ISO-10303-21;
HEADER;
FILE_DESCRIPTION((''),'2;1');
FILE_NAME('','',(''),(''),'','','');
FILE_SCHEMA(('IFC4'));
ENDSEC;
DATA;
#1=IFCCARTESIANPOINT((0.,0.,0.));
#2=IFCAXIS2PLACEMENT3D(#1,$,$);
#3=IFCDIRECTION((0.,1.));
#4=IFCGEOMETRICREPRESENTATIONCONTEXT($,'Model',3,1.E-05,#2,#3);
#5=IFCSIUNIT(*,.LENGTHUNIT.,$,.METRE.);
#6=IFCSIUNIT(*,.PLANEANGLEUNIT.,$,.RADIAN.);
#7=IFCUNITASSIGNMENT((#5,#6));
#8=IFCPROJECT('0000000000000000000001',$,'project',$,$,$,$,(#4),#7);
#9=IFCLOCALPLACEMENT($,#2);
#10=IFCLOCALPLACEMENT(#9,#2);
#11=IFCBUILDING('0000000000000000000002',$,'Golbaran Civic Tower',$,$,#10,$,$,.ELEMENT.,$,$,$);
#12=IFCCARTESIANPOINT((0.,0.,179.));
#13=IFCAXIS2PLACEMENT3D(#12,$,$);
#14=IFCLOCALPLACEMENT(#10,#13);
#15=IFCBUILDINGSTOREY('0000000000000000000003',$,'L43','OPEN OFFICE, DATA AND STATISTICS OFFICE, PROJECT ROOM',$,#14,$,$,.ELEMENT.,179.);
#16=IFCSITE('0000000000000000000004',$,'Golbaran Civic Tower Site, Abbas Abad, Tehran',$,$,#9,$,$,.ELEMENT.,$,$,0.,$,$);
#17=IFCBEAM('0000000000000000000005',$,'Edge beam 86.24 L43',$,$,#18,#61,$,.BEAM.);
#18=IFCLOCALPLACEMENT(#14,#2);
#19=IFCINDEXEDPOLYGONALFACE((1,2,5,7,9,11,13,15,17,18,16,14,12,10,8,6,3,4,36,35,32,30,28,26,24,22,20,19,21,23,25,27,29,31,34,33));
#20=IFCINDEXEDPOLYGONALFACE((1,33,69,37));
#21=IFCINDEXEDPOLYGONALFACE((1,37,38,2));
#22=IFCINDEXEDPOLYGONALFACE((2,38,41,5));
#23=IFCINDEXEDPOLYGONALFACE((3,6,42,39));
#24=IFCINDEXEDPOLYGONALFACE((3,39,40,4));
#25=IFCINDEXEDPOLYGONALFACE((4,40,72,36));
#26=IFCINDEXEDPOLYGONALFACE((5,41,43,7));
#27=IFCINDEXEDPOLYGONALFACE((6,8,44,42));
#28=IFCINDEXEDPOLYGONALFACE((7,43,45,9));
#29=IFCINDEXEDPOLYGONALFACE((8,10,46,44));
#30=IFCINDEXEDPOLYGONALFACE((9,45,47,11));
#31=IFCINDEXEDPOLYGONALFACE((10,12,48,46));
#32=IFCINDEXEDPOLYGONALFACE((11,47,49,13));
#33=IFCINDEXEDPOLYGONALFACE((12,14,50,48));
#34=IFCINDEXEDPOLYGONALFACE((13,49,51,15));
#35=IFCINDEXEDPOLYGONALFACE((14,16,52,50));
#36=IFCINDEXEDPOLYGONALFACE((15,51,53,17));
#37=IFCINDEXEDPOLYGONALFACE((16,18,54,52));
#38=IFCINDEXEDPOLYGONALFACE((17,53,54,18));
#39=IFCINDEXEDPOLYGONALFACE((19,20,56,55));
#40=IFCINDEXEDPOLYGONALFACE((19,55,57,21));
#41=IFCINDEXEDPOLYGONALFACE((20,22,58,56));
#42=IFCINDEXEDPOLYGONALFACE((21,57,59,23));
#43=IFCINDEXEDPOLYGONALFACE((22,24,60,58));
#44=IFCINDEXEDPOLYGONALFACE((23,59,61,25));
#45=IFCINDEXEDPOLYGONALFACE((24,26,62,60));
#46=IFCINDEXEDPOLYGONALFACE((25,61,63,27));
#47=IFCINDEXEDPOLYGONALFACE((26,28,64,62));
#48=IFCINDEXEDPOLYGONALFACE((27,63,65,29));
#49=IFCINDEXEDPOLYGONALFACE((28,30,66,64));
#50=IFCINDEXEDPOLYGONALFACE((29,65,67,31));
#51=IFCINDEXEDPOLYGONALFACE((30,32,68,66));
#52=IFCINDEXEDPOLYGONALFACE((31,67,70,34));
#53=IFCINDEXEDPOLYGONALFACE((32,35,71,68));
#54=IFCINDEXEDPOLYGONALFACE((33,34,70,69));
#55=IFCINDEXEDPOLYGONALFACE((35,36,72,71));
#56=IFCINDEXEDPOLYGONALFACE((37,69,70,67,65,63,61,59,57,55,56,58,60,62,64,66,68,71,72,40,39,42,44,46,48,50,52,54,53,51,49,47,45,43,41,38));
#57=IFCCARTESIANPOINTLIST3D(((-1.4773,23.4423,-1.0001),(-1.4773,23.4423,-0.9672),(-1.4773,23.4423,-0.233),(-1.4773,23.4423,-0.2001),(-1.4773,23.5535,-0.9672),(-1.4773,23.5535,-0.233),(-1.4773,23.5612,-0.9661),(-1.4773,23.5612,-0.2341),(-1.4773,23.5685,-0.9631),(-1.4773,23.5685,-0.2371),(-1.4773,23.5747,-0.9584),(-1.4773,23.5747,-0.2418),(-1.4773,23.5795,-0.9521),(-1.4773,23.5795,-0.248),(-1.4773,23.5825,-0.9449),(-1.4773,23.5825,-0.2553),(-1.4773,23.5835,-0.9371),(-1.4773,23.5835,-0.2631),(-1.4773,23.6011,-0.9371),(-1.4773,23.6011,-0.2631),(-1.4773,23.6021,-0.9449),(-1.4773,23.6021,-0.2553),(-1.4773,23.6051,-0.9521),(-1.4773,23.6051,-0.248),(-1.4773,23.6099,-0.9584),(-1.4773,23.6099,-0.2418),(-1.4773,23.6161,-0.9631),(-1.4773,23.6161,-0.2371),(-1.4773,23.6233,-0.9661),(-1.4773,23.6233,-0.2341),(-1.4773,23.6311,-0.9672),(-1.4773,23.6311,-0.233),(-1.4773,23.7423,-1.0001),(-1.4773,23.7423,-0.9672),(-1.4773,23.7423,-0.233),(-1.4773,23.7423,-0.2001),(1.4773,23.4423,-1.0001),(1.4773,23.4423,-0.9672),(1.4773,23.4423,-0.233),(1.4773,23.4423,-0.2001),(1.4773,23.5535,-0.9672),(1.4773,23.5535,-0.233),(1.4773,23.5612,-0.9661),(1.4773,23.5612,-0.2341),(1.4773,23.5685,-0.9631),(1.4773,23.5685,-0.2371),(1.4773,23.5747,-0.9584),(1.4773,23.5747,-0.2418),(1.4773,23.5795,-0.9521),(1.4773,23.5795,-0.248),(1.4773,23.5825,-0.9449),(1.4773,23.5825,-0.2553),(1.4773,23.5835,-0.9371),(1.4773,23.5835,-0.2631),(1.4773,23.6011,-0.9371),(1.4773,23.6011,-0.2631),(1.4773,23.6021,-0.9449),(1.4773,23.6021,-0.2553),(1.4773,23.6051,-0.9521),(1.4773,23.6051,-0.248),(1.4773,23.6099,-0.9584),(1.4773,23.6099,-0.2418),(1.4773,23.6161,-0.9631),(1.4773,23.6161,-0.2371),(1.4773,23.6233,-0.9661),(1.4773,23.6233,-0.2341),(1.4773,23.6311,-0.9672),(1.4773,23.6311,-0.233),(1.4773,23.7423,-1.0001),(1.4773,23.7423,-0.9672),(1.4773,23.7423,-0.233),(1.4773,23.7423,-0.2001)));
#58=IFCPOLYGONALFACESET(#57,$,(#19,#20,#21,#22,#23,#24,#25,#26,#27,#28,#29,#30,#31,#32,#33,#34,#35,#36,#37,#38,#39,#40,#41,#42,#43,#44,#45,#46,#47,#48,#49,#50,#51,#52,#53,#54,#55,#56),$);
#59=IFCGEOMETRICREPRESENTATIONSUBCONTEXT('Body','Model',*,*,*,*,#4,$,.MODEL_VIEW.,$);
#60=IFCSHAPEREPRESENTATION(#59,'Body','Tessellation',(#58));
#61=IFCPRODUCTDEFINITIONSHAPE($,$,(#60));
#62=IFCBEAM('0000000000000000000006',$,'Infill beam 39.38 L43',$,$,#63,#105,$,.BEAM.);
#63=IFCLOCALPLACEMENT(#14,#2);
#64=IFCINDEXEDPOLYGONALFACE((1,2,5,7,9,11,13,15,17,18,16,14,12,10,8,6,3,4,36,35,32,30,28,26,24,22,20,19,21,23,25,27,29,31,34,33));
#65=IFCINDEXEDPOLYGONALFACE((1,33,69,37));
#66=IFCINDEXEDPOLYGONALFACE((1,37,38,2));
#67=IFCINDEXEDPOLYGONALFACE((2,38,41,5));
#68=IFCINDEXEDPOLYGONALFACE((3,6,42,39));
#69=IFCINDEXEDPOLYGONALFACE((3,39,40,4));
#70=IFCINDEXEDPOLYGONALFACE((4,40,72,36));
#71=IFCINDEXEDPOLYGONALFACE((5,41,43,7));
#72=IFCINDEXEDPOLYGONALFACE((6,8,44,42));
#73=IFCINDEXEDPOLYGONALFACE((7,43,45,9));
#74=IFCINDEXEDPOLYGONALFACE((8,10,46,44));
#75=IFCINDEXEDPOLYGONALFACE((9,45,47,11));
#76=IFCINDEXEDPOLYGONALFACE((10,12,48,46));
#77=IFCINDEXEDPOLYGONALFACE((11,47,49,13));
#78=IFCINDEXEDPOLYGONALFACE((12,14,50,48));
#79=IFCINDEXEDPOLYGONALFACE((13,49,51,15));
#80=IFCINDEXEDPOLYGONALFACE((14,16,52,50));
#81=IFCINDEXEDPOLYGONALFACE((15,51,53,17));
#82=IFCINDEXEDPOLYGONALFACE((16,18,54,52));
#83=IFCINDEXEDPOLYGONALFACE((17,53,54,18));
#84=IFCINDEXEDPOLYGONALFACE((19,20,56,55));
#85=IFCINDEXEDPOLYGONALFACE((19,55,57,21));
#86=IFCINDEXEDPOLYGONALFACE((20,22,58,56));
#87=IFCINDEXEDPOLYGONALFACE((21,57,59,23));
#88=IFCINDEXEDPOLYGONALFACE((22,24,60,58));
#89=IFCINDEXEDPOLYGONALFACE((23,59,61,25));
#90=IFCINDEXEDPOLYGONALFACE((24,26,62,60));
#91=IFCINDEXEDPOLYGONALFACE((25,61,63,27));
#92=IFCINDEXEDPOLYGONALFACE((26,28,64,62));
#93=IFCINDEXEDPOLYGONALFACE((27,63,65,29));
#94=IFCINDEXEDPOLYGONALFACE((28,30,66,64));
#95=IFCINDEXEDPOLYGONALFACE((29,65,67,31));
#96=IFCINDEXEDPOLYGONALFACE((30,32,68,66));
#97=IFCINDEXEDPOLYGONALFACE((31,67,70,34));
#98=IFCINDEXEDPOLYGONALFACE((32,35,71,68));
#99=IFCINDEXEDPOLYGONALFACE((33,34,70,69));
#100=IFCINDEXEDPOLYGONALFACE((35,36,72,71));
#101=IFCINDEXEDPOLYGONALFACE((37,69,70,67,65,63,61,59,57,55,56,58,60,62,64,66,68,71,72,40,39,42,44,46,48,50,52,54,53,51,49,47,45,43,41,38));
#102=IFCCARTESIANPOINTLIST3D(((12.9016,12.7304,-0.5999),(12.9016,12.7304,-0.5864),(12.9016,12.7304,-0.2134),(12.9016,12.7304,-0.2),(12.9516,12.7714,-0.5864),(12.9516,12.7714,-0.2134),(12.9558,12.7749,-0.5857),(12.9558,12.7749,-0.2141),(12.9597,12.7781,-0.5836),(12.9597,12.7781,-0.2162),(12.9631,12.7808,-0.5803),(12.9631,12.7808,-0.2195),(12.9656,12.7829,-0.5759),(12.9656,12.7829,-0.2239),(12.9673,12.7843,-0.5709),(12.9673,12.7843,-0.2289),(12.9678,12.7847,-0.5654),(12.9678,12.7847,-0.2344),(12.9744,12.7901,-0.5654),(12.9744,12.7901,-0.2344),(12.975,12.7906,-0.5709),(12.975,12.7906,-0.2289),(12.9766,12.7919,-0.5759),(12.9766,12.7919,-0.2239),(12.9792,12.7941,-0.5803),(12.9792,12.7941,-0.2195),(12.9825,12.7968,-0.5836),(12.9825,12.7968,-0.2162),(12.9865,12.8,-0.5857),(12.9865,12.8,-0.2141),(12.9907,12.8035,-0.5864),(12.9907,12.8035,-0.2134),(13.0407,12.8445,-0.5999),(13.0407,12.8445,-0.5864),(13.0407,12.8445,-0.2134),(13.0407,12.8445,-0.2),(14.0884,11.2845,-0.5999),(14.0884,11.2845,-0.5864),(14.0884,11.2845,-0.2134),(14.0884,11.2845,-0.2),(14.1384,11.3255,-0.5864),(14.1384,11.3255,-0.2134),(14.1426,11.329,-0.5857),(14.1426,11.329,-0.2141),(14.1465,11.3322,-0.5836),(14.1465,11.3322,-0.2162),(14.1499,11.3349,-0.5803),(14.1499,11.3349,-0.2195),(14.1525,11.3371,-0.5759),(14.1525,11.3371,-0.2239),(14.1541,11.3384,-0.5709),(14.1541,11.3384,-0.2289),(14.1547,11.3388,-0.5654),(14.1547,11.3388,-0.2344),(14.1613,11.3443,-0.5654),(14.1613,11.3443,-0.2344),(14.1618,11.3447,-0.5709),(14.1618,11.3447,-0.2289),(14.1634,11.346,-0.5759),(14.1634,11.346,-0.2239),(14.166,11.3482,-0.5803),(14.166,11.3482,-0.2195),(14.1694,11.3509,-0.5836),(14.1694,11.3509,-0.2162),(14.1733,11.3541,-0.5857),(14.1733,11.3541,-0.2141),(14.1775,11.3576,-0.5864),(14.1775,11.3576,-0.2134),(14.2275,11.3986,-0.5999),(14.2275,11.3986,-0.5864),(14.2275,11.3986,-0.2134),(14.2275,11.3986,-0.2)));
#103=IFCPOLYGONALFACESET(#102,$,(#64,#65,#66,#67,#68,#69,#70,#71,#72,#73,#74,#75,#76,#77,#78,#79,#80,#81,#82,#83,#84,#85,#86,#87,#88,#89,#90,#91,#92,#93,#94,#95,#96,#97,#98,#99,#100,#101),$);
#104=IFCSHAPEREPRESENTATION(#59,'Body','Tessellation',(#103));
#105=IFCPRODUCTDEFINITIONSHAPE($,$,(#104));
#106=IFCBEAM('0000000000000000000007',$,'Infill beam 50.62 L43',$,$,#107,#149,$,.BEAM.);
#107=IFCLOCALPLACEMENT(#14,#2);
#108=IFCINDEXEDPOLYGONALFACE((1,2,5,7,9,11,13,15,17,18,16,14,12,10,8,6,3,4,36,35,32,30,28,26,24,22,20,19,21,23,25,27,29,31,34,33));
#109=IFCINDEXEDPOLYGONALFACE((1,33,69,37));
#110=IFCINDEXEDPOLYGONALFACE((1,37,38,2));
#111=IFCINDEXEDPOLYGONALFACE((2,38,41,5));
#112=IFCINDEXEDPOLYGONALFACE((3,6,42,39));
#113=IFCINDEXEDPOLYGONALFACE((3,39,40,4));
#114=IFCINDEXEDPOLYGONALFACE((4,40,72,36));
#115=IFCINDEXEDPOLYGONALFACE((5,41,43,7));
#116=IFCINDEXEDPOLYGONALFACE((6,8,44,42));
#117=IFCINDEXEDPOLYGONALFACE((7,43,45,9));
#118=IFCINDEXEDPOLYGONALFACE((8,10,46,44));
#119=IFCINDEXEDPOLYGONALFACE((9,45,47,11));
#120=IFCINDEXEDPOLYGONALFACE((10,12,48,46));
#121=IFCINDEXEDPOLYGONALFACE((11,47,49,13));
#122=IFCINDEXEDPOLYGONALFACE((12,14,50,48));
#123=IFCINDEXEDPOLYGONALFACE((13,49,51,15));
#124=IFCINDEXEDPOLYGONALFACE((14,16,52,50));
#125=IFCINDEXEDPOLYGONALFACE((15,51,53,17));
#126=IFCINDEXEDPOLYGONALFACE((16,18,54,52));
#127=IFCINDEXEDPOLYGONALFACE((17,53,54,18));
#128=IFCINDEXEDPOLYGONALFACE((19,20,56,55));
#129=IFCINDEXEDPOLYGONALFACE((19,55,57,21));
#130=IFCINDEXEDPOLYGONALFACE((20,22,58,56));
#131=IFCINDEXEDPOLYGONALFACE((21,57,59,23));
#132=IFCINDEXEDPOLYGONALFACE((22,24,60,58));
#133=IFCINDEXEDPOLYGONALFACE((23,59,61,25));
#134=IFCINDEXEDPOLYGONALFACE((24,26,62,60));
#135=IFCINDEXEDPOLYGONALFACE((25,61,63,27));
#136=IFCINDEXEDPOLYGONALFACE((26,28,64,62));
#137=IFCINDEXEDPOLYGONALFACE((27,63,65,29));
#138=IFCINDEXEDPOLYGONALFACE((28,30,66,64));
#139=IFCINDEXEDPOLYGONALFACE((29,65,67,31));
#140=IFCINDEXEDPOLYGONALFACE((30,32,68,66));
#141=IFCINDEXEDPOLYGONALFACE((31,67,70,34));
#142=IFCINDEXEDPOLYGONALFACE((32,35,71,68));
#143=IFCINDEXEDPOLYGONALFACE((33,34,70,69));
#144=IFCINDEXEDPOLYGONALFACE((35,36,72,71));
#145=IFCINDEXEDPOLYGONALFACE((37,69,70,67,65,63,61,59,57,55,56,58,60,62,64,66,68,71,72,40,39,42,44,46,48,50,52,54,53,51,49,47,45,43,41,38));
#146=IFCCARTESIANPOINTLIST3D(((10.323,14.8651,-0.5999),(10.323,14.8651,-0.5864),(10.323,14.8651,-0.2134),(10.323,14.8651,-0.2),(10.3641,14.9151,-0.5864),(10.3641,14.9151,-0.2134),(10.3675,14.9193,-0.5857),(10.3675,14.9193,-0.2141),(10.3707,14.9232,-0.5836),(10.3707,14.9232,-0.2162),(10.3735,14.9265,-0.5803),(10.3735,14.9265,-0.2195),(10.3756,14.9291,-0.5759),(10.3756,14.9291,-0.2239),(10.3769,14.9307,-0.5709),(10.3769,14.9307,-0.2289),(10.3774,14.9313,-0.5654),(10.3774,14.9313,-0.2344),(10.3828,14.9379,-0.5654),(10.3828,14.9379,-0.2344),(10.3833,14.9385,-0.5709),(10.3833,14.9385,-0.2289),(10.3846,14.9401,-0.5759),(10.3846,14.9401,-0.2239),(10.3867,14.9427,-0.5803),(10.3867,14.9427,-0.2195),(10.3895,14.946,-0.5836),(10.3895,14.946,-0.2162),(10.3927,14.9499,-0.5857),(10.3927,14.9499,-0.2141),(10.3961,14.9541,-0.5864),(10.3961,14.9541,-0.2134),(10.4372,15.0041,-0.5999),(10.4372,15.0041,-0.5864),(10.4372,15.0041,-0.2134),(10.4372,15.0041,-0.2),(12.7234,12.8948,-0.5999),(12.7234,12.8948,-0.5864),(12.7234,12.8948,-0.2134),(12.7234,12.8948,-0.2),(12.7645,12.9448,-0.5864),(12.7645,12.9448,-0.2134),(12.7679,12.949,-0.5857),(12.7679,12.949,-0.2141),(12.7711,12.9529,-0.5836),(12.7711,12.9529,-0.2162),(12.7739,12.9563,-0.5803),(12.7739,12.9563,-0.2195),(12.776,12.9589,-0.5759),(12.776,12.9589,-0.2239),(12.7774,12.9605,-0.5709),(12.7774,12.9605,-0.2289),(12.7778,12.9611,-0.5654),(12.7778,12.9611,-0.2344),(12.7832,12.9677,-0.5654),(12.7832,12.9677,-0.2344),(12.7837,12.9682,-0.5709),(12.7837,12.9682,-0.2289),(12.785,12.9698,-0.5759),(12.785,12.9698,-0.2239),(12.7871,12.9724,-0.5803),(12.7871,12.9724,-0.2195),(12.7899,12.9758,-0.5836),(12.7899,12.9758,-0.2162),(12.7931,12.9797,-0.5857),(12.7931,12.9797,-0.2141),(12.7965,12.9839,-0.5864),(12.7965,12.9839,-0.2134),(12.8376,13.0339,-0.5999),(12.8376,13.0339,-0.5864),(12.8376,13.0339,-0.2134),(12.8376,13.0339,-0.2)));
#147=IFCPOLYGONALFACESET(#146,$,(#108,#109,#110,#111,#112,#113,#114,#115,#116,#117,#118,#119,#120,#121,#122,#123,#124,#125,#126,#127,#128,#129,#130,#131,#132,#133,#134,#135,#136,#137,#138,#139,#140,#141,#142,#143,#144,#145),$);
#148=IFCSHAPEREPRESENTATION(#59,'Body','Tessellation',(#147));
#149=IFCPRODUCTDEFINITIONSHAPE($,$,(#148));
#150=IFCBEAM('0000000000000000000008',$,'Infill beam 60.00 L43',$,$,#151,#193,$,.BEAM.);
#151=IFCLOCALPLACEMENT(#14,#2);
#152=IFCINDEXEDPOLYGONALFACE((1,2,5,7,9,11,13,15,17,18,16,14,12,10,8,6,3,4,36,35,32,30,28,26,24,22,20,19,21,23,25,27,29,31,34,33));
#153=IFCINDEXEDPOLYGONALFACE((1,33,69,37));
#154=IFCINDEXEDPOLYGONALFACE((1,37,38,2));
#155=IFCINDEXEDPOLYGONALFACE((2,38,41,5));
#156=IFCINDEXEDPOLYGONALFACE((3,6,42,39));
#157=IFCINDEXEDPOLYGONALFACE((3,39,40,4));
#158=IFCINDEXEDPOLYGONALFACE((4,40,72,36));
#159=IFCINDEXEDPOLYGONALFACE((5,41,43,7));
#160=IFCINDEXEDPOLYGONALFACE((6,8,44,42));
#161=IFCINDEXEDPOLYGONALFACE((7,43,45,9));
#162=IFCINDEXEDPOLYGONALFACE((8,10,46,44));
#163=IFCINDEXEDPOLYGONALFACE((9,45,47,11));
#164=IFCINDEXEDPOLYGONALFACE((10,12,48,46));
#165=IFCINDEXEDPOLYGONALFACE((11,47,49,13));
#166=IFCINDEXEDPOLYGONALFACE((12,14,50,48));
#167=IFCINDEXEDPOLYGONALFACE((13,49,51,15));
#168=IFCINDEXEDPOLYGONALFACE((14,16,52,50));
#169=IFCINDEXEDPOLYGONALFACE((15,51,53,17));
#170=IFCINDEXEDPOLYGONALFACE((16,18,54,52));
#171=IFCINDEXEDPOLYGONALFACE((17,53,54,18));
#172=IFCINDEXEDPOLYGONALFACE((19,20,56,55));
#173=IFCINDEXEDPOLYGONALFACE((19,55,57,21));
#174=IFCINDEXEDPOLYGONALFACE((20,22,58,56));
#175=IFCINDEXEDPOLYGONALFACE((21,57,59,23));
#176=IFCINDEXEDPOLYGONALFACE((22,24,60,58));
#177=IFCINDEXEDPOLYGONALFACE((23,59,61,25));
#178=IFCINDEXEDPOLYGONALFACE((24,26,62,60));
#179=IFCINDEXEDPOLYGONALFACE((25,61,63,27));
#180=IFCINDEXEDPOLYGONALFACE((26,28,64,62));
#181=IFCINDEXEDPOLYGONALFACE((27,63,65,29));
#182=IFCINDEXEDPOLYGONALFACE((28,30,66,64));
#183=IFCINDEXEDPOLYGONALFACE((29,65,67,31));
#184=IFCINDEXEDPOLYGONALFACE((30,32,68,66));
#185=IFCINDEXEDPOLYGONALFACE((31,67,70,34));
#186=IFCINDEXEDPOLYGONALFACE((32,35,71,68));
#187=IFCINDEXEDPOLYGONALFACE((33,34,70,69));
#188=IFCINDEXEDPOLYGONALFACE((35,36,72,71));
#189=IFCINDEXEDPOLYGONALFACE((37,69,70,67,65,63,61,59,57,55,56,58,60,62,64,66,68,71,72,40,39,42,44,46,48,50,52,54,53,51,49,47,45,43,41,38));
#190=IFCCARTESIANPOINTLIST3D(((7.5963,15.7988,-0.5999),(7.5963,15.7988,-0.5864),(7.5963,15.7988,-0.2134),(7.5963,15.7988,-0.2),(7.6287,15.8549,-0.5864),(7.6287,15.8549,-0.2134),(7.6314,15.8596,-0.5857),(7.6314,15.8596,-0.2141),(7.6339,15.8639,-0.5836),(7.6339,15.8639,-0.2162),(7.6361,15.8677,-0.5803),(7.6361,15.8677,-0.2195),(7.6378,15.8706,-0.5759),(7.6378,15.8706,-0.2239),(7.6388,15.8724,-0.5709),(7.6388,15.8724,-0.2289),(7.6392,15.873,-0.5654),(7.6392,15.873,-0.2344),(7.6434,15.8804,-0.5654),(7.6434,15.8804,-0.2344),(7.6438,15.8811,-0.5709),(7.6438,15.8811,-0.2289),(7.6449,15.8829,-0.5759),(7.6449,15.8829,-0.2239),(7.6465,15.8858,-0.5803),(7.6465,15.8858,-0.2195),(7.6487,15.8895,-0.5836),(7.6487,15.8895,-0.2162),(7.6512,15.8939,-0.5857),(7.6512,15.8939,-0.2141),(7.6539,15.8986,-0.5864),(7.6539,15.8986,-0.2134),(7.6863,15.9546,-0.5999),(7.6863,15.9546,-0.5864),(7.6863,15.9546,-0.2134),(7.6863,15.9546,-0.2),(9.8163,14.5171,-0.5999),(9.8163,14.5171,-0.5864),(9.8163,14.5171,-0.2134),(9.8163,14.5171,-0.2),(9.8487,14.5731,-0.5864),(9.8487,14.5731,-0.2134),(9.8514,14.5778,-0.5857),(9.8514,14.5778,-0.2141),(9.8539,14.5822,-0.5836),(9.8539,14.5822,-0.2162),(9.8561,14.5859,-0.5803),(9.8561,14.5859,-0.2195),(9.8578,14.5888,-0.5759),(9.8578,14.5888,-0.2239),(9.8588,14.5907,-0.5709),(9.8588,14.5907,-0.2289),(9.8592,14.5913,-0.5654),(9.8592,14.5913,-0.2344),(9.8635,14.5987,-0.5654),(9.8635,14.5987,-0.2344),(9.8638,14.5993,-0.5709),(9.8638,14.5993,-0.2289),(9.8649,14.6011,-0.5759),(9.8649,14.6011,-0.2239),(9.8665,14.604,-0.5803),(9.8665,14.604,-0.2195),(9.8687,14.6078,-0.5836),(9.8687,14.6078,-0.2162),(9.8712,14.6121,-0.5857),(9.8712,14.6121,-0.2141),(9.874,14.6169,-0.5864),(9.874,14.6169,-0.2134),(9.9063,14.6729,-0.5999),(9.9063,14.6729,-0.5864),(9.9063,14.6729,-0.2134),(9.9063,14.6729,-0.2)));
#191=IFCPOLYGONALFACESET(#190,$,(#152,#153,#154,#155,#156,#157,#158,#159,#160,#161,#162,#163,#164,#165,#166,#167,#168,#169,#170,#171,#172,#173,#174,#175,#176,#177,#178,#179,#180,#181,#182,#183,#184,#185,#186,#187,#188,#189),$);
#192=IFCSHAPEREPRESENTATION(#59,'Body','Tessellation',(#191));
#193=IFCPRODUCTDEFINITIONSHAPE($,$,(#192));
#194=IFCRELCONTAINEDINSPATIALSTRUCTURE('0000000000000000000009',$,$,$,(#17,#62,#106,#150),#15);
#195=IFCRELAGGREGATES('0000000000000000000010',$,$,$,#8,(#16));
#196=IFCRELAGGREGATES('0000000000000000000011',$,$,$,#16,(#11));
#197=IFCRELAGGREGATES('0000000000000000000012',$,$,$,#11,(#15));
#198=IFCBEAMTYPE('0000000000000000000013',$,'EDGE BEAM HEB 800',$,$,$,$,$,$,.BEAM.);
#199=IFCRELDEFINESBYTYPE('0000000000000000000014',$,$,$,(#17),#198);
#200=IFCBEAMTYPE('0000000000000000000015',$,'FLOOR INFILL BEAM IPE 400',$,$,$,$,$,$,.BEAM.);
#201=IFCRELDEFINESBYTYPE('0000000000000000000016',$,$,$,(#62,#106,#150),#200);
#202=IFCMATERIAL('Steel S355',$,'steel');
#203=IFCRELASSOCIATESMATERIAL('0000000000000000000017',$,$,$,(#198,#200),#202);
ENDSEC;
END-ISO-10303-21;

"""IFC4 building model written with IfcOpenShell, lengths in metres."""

from ifc_helpers import new_model, si_unit, direction, frame, origin, origin_2d, place, context, subcontext, project, spatial, i_section, extrude, material, material_profile, profile_set, type_object, element, save


model = new_model("IFC4")

# Units and contexts
model_context = context("Model", 3, precision=1e-05, world=origin(), true_north=direction((0.0, 1.0)))
body_context = subcontext(model_context, "Body", "Model", "MODEL_VIEW")
ifc_project = project(units=[si_unit("LENGTHUNIT", "METRE"), si_unit("PLANEANGLEUNIT", "RADIAN")], contexts=[model_context])

# Site, building, storey
site_placement = place(None, origin())
site = spatial("IfcSite", under=ifc_project, at=site_placement, Name="Golbaran Civic Tower Site, Abbas Abad, Tehran", CompositionType="ELEMENT", RefElevation=0.0)
building_placement = place(site_placement, origin())
building = spatial("IfcBuilding", under=site, at=building_placement, Name="Golbaran Civic Tower", CompositionType="ELEMENT")
storey_placement = place(building_placement, frame((0.0, 0.0, 179.0)))
storey = spatial("IfcBuildingStorey", under=building, at=storey_placement, Name="L43", Description="OPEN OFFICE, DATA AND STATISTICS OFFICE, PROJECT ROOM", CompositionType="ELEMENT", Elevation=179.0)

# Beams
ifc_material_1 = material(Name="Steel S355", Category="steel")
ifc_material_profile_1 = material_profile(ifc_material_1, i_section(OverallWidth=0.3, OverallDepth=0.8, WebThickness=0.0176, FlangeThickness=0.033, FilletRadius=0.03, at=origin_2d()), Name="HEB 800")
ifc_profile_set_1 = profile_set([ifc_material_profile_1], Name="Steel S355")
beam_type_1 = type_object("IfcBeamType", Name="EDGE BEAM HEB 800", PredefinedType="BEAM", material=ifc_profile_set_1)
beam_1_placement = place(storey_placement, frame((1.4773, 23.5923, -0.6001), z_axis=(-1.0, 0.0, 0.0), x_axis=(0.0, -1.0, 0.0)))
element("IfcBeam", 1, at=beam_1_placement, inside=storey, type_object=beam_type_1, Name="Edge beam 86.24 L43", PredefinedType="BEAM", context=body_context, shape_type="SweptSolid", body=[
    extrude(i_section(OverallWidth=0.3, OverallDepth=0.8, WebThickness=0.0176, FlangeThickness=0.033, FilletRadius=0.03, at=origin_2d()), origin(), (0.0, 0.0, 1.0), 2.9546),
])
ifc_material_profile_2 = material_profile(ifc_material_1, i_section(OverallWidth=0.1799, OverallDepth=0.3999, WebThickness=0.0085, FlangeThickness=0.0134, FilletRadius=0.021, at=origin_2d()), Name="IPE 400")
ifc_profile_set_2 = profile_set([ifc_material_profile_2], Name="Steel S355")
beam_type_2 = type_object("IfcBeamType", Name="FLOOR INFILL BEAM IPE 400", PredefinedType="BEAM", material=ifc_profile_set_2)
beam_2_placement = place(storey_placement, frame((14.158, 11.3416, -0.3999), z_axis=(-0.634467, 0.77295, 0.0), x_axis=(-0.77295, -0.634467, 0.0)))
element("IfcBeam", 2, at=beam_2_placement, inside=storey, type_object=beam_type_2, Name="Infill beam 39.38 L43", PredefinedType="BEAM", context=body_context, shape_type="SweptSolid", body=[
    extrude(i_section(OverallWidth=0.1799, OverallDepth=0.3999, WebThickness=0.0085, FlangeThickness=0.0134, FilletRadius=0.021, at=origin_2d()), origin(), (0.0, 0.0, 1.0), 1.8706),
])
beam_3_placement = place(storey_placement, frame((12.7805, 12.9644, -0.3999), z_axis=(-0.772969, 0.634444, 0.0), x_axis=(-0.634444, -0.772969, 0.0)))
element("IfcBeam", 3, at=beam_3_placement, inside=storey, type_object=beam_type_2, Name="Infill beam 50.62 L43", PredefinedType="BEAM", context=body_context, shape_type="SweptSolid", body=[
    extrude(i_section(OverallWidth=0.1799, OverallDepth=0.3999, WebThickness=0.0085, FlangeThickness=0.0134, FilletRadius=0.021, at=origin_2d()), origin(), (0.0, 0.0, 1.0), 3.1055),
])
beam_4_placement = place(storey_placement, frame((9.8613, 14.595, -0.3999), z_axis=(-0.866019, 0.500011, 0.0), x_axis=(-0.500011, -0.866019, 0.0)))
element("IfcBeam", 4, at=beam_4_placement, inside=storey, type_object=beam_type_2, Name="Infill beam 60.00 L43", PredefinedType="BEAM", context=body_context, shape_type="SweptSolid", body=[
    extrude(i_section(OverallWidth=0.1799, OverallDepth=0.3999, WebThickness=0.0085, FlangeThickness=0.0134, FilletRadius=0.021, at=origin_2d()), origin(), (0.0, 0.0, 1.0), 2.5635),
])

save(model, "model.ifc")
